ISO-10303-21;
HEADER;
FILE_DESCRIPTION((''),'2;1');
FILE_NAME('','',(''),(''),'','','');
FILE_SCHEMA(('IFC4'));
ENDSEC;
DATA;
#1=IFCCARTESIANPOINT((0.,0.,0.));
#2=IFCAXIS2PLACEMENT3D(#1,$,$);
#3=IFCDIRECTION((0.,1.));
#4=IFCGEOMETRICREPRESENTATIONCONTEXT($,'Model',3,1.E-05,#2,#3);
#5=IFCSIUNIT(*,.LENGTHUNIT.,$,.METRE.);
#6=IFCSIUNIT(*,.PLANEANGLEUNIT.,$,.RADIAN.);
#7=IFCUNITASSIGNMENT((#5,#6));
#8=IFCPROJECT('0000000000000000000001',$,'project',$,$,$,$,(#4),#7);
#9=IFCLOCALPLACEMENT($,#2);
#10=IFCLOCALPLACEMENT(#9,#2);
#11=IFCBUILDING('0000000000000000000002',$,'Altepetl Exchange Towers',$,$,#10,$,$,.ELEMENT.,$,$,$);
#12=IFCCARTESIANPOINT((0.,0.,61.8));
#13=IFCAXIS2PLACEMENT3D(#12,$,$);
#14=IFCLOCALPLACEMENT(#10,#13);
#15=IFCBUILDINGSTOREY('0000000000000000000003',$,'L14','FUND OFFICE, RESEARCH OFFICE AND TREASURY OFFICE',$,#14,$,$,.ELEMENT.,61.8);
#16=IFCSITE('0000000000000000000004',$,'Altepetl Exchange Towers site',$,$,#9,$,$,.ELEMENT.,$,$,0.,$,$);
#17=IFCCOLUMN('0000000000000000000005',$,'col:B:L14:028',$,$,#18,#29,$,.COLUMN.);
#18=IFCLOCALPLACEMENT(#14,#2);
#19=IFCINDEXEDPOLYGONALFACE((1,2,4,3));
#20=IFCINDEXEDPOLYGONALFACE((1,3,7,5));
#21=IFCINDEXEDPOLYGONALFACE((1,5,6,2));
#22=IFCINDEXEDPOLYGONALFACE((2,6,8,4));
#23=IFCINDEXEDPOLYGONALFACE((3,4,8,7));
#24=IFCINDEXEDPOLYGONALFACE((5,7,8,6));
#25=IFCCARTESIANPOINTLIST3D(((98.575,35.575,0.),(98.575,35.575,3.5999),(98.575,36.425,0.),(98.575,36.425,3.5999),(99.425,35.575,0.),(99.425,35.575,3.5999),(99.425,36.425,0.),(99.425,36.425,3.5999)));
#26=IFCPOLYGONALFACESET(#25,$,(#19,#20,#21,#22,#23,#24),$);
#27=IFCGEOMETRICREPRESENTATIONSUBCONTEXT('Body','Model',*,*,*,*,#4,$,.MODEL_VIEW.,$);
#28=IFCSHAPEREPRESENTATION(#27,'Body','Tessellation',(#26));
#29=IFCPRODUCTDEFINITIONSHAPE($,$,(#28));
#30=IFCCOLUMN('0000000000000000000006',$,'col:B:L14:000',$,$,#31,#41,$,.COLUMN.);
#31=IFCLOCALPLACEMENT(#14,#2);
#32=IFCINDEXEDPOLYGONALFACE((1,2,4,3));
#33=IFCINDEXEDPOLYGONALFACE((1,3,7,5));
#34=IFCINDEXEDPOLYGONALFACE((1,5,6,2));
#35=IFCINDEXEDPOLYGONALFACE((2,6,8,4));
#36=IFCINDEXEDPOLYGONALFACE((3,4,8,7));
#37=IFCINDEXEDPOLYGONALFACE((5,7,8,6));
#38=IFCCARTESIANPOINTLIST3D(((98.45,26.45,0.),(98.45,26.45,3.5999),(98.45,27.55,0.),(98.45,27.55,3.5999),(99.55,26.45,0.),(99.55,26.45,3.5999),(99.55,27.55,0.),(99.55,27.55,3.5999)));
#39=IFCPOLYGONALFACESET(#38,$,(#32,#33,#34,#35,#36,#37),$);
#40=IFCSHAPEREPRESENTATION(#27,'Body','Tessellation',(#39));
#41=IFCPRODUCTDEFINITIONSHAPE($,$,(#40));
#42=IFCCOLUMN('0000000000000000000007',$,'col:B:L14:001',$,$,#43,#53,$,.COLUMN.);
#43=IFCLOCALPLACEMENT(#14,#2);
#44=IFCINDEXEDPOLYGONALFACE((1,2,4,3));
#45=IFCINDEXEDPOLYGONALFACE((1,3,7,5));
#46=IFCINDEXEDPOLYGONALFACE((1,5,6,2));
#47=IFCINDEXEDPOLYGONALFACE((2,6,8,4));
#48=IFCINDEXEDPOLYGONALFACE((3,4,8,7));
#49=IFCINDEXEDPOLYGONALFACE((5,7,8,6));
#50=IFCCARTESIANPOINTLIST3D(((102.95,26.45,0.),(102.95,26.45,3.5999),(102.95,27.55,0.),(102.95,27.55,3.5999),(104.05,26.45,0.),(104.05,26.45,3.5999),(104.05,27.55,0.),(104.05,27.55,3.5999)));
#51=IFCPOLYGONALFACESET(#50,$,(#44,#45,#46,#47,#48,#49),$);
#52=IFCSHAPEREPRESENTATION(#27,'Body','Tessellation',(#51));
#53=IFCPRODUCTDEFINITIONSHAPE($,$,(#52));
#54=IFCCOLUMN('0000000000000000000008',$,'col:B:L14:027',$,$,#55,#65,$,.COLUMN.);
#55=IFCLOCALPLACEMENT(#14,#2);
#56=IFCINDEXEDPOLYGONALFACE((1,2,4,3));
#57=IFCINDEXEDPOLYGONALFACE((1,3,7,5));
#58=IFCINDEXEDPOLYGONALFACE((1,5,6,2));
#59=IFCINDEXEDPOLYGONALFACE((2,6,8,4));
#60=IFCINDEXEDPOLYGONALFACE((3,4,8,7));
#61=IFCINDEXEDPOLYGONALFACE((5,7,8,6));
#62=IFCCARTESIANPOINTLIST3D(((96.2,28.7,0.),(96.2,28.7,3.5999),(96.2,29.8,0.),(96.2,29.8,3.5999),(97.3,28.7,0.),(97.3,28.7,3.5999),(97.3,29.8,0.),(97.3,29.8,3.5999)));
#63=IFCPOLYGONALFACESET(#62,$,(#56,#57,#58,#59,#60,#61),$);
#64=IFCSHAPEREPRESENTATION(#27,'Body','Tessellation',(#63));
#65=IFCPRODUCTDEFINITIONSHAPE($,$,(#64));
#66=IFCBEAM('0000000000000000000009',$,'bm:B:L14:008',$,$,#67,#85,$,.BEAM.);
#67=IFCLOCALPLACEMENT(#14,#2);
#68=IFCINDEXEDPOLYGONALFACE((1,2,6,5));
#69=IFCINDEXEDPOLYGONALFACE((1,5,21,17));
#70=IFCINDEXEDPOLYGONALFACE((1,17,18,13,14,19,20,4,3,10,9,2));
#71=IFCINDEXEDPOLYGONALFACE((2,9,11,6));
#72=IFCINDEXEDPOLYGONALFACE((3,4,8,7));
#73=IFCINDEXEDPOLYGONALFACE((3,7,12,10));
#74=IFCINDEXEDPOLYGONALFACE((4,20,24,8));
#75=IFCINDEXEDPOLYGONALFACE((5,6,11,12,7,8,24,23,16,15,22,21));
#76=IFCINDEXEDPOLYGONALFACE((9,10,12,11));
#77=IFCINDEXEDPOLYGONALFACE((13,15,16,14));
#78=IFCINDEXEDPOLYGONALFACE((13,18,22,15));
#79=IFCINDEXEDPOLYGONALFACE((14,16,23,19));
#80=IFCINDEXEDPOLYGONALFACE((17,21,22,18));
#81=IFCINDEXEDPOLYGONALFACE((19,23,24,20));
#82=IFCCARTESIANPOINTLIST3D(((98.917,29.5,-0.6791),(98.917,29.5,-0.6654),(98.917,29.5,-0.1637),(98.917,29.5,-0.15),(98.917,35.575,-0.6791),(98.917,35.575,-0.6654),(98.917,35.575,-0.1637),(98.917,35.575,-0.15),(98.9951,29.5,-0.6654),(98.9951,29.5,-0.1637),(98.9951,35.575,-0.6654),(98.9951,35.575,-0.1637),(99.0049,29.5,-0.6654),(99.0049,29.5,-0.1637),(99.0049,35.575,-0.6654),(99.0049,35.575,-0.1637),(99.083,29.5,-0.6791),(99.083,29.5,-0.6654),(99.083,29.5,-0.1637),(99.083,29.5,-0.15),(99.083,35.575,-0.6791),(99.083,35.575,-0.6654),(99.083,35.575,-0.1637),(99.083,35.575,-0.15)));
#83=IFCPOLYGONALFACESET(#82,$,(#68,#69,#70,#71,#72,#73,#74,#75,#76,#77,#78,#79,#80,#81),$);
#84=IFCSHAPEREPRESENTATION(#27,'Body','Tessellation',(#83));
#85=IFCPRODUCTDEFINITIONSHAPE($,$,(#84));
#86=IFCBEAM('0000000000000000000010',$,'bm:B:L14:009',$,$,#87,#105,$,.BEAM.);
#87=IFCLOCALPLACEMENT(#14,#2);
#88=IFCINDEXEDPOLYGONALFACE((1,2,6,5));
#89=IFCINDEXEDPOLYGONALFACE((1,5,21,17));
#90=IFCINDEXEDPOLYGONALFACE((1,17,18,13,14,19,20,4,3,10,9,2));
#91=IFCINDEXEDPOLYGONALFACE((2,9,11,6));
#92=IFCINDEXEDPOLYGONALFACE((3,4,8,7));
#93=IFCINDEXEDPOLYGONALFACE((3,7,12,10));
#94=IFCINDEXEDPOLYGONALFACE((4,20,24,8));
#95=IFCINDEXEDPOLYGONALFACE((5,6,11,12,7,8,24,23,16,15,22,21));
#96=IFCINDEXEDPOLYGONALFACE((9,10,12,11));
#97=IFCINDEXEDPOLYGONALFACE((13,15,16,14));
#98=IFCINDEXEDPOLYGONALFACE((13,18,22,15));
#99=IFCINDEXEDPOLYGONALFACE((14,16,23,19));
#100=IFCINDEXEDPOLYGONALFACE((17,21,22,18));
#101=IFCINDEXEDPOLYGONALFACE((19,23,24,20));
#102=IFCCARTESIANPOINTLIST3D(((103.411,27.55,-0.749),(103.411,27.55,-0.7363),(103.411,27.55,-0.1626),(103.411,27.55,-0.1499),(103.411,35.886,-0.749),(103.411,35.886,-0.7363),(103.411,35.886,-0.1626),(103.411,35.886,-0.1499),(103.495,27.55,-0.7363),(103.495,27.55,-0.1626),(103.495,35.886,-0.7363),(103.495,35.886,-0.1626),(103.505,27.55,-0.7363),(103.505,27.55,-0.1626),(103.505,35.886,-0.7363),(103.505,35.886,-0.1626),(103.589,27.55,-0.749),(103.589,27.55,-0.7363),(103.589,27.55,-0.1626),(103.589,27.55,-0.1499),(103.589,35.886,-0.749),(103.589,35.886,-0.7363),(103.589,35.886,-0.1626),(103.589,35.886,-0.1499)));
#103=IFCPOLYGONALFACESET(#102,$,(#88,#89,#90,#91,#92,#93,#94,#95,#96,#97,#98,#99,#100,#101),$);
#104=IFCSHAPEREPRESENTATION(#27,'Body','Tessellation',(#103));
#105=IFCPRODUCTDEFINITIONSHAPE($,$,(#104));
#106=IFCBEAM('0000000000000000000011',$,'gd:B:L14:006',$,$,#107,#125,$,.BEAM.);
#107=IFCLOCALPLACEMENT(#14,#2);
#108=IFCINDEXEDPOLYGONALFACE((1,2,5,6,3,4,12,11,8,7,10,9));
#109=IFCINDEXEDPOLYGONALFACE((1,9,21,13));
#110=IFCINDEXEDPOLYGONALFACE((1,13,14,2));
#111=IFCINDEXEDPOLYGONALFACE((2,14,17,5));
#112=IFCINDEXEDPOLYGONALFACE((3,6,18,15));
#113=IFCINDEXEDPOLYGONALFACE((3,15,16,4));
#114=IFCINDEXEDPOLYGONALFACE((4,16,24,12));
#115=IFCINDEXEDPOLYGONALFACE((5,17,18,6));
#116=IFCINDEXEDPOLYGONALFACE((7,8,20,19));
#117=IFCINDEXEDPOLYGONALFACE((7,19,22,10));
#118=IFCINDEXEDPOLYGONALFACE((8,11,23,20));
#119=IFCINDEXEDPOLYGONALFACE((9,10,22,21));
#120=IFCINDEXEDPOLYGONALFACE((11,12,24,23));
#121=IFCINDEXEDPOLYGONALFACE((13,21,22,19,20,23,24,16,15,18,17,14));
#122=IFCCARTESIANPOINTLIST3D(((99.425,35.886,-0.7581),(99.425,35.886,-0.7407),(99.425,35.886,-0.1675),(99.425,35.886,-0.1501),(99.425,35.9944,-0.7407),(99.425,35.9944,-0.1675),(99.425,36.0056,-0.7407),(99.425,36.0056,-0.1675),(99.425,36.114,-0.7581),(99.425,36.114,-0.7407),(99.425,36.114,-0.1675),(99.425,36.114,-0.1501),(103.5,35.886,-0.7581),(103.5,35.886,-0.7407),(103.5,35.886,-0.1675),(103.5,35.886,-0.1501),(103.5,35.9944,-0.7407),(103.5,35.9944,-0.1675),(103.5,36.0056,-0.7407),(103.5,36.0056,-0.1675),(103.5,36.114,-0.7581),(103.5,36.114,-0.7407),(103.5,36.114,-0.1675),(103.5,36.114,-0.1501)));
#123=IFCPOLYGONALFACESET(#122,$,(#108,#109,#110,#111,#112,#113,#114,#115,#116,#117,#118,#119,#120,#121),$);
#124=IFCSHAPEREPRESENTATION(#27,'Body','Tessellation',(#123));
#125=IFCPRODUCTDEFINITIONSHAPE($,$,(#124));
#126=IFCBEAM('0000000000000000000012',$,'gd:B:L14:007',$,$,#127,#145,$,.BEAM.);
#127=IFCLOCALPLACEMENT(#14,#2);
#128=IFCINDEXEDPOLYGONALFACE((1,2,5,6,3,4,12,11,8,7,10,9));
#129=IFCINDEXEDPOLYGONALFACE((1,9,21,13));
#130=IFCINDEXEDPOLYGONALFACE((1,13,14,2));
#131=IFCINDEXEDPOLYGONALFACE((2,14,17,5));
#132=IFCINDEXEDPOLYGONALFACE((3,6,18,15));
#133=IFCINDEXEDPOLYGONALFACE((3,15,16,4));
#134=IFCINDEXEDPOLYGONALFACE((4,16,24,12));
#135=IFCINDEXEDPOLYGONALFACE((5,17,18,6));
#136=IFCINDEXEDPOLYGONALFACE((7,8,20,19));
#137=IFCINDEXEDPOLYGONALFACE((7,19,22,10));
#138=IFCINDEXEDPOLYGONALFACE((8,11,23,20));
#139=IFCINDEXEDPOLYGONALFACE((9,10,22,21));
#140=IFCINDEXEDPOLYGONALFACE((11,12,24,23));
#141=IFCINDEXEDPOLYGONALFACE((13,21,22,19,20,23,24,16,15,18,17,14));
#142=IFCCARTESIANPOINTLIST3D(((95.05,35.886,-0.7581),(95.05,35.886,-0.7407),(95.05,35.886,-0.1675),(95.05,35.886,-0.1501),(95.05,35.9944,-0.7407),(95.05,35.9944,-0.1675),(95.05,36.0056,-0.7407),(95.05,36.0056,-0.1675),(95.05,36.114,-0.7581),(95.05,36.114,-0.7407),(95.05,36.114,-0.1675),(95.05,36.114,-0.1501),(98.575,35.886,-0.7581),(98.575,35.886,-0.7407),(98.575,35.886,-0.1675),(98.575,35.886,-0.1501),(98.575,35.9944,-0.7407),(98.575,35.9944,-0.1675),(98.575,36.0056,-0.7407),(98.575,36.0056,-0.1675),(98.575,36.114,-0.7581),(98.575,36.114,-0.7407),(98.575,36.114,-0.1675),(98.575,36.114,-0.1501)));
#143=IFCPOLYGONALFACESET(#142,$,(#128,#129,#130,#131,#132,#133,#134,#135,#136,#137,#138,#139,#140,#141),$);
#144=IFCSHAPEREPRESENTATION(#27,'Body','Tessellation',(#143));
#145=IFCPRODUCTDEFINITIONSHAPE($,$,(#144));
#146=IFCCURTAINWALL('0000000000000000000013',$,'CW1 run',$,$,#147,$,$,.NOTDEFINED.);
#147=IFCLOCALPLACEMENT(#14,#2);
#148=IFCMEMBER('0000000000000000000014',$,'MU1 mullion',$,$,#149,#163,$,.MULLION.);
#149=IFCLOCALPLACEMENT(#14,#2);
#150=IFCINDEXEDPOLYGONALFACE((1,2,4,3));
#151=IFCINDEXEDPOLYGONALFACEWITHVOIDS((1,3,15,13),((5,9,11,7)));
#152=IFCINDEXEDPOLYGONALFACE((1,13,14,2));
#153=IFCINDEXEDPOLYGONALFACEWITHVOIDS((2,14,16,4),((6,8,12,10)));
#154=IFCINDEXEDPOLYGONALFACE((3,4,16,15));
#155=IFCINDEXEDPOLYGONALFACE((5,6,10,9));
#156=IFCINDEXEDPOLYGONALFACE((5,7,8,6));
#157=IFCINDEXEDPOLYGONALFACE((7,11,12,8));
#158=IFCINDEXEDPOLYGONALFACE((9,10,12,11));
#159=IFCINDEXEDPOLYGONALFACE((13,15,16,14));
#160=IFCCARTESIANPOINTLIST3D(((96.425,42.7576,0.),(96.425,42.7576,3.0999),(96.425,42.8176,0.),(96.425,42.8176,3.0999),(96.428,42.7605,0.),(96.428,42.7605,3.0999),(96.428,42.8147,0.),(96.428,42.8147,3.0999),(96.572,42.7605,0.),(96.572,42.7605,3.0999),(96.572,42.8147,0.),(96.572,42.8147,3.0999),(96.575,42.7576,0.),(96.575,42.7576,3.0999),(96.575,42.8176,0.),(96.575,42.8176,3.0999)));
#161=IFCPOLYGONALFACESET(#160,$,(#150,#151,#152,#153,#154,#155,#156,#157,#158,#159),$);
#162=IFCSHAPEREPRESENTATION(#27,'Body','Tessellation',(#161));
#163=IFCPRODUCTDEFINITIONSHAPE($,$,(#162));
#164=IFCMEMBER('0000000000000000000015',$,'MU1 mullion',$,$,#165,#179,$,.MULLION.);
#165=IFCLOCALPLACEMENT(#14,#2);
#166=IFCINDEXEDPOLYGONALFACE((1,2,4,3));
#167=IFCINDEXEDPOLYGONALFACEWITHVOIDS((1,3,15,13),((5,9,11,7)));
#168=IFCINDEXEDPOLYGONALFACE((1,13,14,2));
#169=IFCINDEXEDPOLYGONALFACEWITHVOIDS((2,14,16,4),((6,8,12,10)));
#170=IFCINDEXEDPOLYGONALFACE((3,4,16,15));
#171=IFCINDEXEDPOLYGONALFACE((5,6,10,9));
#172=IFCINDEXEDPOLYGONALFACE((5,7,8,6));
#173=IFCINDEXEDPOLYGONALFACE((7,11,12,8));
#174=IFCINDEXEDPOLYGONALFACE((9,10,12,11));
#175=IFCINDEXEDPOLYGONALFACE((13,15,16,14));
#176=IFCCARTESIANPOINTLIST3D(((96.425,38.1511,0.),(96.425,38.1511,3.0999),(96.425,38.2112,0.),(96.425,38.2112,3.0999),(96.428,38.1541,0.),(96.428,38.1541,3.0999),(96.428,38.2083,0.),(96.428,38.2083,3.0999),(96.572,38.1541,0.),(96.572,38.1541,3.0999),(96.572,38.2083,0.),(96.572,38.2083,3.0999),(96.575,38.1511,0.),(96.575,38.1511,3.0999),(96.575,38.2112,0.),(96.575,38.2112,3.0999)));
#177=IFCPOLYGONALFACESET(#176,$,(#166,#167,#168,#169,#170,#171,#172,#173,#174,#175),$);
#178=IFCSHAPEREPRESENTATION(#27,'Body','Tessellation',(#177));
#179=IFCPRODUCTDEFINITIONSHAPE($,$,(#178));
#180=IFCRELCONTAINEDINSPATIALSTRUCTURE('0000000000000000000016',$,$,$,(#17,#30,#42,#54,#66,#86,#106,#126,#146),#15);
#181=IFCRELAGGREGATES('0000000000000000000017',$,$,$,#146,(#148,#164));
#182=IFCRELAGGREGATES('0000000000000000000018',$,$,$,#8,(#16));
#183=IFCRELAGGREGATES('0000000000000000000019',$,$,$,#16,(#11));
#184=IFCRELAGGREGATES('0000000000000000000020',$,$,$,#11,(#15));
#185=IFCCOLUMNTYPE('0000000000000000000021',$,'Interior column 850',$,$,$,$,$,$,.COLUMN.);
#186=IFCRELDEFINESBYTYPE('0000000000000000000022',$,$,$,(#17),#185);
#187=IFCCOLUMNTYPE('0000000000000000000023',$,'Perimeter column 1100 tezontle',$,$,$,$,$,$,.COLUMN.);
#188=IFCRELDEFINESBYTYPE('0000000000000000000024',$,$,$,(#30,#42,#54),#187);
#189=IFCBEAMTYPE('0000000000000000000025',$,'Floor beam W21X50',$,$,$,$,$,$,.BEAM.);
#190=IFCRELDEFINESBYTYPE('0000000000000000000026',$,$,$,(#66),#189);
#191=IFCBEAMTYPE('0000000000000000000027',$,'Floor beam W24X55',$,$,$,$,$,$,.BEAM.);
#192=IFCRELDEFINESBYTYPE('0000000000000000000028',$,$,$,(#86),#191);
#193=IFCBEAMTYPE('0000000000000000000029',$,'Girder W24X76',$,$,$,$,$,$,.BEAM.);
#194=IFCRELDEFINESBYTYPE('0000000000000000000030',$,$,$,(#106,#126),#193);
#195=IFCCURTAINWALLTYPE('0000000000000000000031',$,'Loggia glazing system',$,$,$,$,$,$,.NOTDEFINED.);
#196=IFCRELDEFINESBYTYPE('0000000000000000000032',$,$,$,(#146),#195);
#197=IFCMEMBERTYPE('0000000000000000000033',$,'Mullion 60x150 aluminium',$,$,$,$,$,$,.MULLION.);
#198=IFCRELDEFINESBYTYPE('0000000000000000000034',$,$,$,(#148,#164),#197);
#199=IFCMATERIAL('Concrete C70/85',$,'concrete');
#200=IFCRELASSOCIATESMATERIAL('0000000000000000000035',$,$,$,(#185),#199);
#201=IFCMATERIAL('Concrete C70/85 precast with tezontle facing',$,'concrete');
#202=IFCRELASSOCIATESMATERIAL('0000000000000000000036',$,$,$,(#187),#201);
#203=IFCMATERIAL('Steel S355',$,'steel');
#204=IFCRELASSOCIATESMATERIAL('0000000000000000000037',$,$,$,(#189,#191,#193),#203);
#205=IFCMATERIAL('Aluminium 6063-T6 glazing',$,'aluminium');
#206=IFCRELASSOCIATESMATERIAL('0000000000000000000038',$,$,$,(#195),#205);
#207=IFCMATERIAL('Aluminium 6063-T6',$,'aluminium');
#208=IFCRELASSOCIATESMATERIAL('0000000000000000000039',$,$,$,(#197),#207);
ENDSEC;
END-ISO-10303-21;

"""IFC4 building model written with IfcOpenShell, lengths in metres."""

from ifc_helpers import new_model, si_unit, direction, frame, origin, origin_2d, place, context, subcontext, project, spatial, rectangle, hollow_rectangle, i_section, extrude, material, material_profile, profile_set, type_object, element, aggregate, save


model = new_model("IFC4")

# Units and contexts
model_context = context("Model", 3, precision=1e-05, world=origin(), true_north=direction((0.0, 1.0)))
body_context = subcontext(model_context, "Body", "Model", "MODEL_VIEW")
ifc_project = project(units=[si_unit("LENGTHUNIT", "METRE"), si_unit("PLANEANGLEUNIT", "RADIAN")], contexts=[model_context])

# Site, building, storey
site_placement = place(None, origin())
site = spatial("IfcSite", under=ifc_project, at=site_placement, Name="Altepetl Exchange Towers site", CompositionType="ELEMENT", RefElevation=0.0)
building_placement = place(site_placement, origin())
building = spatial("IfcBuilding", under=site, at=building_placement, Name="Altepetl Exchange Towers", CompositionType="ELEMENT")
storey_placement = place(building_placement, frame((0.0, 0.0, 61.8)))
storey = spatial("IfcBuildingStorey", under=building, at=storey_placement, Name="L14", Description="FUND OFFICE, RESEARCH OFFICE AND TREASURY OFFICE", CompositionType="ELEMENT", Elevation=61.8)

# Columns
ifc_material_1 = material(Name="Concrete C70/85", Category="concrete")
ifc_material_profile_1 = material_profile(ifc_material_1, rectangle(XDim=0.8501, YDim=0.8501, at=origin_2d()), Name="850 x 850")
ifc_profile_set_1 = profile_set([ifc_material_profile_1], Name="Concrete C70/85")
column_type_1 = type_object("IfcColumnType", Name="Interior column 850", PredefinedType="COLUMN", material=ifc_profile_set_1)
column_placement = place(storey_placement, frame((99.0, 36.0, 0.0)))
element("IfcColumn", 1, at=column_placement, inside=storey, type_object=column_type_1, Name="col:B:L14:028", PredefinedType="COLUMN", context=body_context, shape_type="SweptSolid", body=[
    extrude(rectangle(XDim=0.8501, YDim=0.8501, at=origin_2d()), origin(), (0.0, 0.0, 1.0), 3.5999),
])
ifc_material_2 = material(Name="Concrete C70/85 precast with tezontle facing", Category="concrete")
ifc_material_profile_2 = material_profile(ifc_material_2, rectangle(XDim=1.1001, YDim=1.1001, at=origin_2d()), Name="1100 x 1100")
ifc_profile_set_2 = profile_set([ifc_material_profile_2], Name="Concrete C70/85 precast with tezontle facing")
column_type_2 = type_object("IfcColumnType", Name="Perimeter column 1100 tezontle", PredefinedType="COLUMN", material=ifc_profile_set_2)
for number, where, name in (
    (2, (99.0, 27.0, 0.0), "col:B:L14:000"),
    (3, (103.5, 27.0, 0.0), "col:B:L14:001"),
    (4, (96.75, 29.25, 0.0), "col:B:L14:027"),
):
    element("IfcColumn", number, at=place(storey_placement, frame(where)), inside=storey, type_object=column_type_2, Name=name, PredefinedType="COLUMN", context=body_context, shape_type="SweptSolid", body=[
        extrude(rectangle(XDim=1.1001, YDim=1.1001, at=origin_2d()), origin(), (0.0, 0.0, 1.0), 3.5999),
    ])

# Beams
ifc_material_3 = material(Name="Steel S355", Category="steel")
ifc_material_profile_3 = material_profile(ifc_material_3, i_section(OverallWidth=0.166, OverallDepth=0.5291, WebThickness=0.0098, FlangeThickness=0.0137, at=origin_2d()), Name="W21X50")
ifc_profile_set_3 = profile_set([ifc_material_profile_3], Name="Steel S355")
beam_type_1 = type_object("IfcBeamType", Name="Floor beam W21X50", PredefinedType="BEAM", material=ifc_profile_set_3)
beam_1_placement = place(storey_placement, frame((99.0, 29.5, -0.4146), z_axis=(0.0, 1.0, 0.0), x_axis=(-1.0, 0.0, 0.0)))
element("IfcBeam", 5, at=beam_1_placement, inside=storey, type_object=beam_type_1, Name="bm:B:L14:008", PredefinedType="BEAM", context=body_context, shape_type="SweptSolid", body=[
    extrude(i_section(OverallWidth=0.166, OverallDepth=0.5291, WebThickness=0.0098, FlangeThickness=0.0137, at=origin_2d()), origin(), (0.0, 0.0, 1.0), 6.075),
])
ifc_material_profile_4 = material_profile(ifc_material_3, i_section(OverallWidth=0.178, OverallDepth=0.5991, WebThickness=0.01, FlangeThickness=0.0127, at=origin_2d()), Name="W24X55")
ifc_profile_set_4 = profile_set([ifc_material_profile_4], Name="Steel S355")
beam_type_2 = type_object("IfcBeamType", Name="Floor beam W24X55", PredefinedType="BEAM", material=ifc_profile_set_4)
beam_2_placement = place(storey_placement, frame((103.5, 27.55, -0.4495), z_axis=(0.0, 1.0, 0.0), x_axis=(-1.0, 0.0, 0.0)))
element("IfcBeam", 6, at=beam_2_placement, inside=storey, type_object=beam_type_2, Name="bm:B:L14:009", PredefinedType="BEAM", context=body_context, shape_type="SweptSolid", body=[
    extrude(i_section(OverallWidth=0.178, OverallDepth=0.5991, WebThickness=0.01, FlangeThickness=0.0127, at=origin_2d()), origin(), (0.0, 0.0, 1.0), 8.3359),
])
ifc_material_profile_5 = material_profile(ifc_material_3, i_section(OverallWidth=0.228, OverallDepth=0.6079, WebThickness=0.0112, FlangeThickness=0.0173, at=origin_2d()), Name="W24X76")
ifc_profile_set_5 = profile_set([ifc_material_profile_5], Name="Steel S355")
beam_type_3 = type_object("IfcBeamType", Name="Girder W24X76", PredefinedType="BEAM", material=ifc_profile_set_5)
beam_3_placement = place(storey_placement, frame((103.5, 36.0, -0.4541), z_axis=(-1.0, 0.0, 0.0), x_axis=(0.0, -1.0, 0.0)))
element("IfcBeam", 7, at=beam_3_placement, inside=storey, type_object=beam_type_3, Name="gd:B:L14:006", PredefinedType="BEAM", context=body_context, shape_type="SweptSolid", body=[
    extrude(i_section(OverallWidth=0.228, OverallDepth=0.6079, WebThickness=0.0112, FlangeThickness=0.0173, at=origin_2d()), origin(), (0.0, 0.0, 1.0), 4.075),
])
beam_4_placement = place(storey_placement, frame((98.575, 36.0, -0.4541), z_axis=(-1.0, 0.0, 0.0), x_axis=(0.0, -1.0, 0.0)))
element("IfcBeam", 8, at=beam_4_placement, inside=storey, type_object=beam_type_3, Name="gd:B:L14:007", PredefinedType="BEAM", context=body_context, shape_type="SweptSolid", body=[
    extrude(i_section(OverallWidth=0.228, OverallDepth=0.6079, WebThickness=0.0112, FlangeThickness=0.0173, at=origin_2d()), origin(), (0.0, 0.0, 1.0), 3.5249),
])

# Curtain wall, members
ifc_material_4 = material(Name="Aluminium 6063-T6 glazing", Category="aluminium")
curtain_wall_type = type_object("IfcCurtainWallType", Name="Loggia glazing system", PredefinedType="NOTDEFINED", material=ifc_material_4)
curtain_wall_1_placement = place(storey_placement, origin())
curtain_wall_1 = element("IfcCurtainWall", 9, at=curtain_wall_1_placement, inside=storey, type_object=curtain_wall_type, Name="CW1 run", PredefinedType="NOTDEFINED")
ifc_material_5 = material(Name="Aluminium 6063-T6", Category="aluminium")
ifc_material_profile_6 = material_profile(ifc_material_5, hollow_rectangle(XDim=0.0601, YDim=0.1499, WallThickness=0.0029, at=origin_2d()), Name="Mullion 60x150 aluminium")
ifc_profile_set_6 = profile_set([ifc_material_profile_6], Name="Aluminium 6063-T6")
member_type = type_object("IfcMemberType", Name="Mullion 60x150 aluminium", PredefinedType="MULLION", material=ifc_profile_set_6)
member_1_placement = place(storey_placement, frame((96.5, 42.7876, 0.0), z_axis=(0.0, 0.0, 1.0), x_axis=(0.0, -1.0, 0.0)))
member_1 = element("IfcMember", 10, at=member_1_placement, type_object=member_type, Name="MU1 mullion", PredefinedType="MULLION", context=body_context, shape_type="SweptSolid", body=[
    extrude(hollow_rectangle(XDim=0.0601, YDim=0.1499, WallThickness=0.0029, at=origin_2d()), origin(), (0.0, 0.0, 1.0), 3.0999),
])
member_2_placement = place(storey_placement, frame((96.5, 38.1812, 0.0), z_axis=(0.0, 0.0, 1.0), x_axis=(0.0, -1.0, 0.0)))
member_2 = element("IfcMember", 11, at=member_2_placement, type_object=member_type, Name="MU1 mullion", PredefinedType="MULLION", context=body_context, shape_type="SweptSolid", body=[
    extrude(hollow_rectangle(XDim=0.0601, YDim=0.1499, WallThickness=0.0029, at=origin_2d()), origin(), (0.0, 0.0, 1.0), 3.0999),
])

aggregate(curtain_wall_1, [member_1, member_2])

save(model, "model.ifc")
